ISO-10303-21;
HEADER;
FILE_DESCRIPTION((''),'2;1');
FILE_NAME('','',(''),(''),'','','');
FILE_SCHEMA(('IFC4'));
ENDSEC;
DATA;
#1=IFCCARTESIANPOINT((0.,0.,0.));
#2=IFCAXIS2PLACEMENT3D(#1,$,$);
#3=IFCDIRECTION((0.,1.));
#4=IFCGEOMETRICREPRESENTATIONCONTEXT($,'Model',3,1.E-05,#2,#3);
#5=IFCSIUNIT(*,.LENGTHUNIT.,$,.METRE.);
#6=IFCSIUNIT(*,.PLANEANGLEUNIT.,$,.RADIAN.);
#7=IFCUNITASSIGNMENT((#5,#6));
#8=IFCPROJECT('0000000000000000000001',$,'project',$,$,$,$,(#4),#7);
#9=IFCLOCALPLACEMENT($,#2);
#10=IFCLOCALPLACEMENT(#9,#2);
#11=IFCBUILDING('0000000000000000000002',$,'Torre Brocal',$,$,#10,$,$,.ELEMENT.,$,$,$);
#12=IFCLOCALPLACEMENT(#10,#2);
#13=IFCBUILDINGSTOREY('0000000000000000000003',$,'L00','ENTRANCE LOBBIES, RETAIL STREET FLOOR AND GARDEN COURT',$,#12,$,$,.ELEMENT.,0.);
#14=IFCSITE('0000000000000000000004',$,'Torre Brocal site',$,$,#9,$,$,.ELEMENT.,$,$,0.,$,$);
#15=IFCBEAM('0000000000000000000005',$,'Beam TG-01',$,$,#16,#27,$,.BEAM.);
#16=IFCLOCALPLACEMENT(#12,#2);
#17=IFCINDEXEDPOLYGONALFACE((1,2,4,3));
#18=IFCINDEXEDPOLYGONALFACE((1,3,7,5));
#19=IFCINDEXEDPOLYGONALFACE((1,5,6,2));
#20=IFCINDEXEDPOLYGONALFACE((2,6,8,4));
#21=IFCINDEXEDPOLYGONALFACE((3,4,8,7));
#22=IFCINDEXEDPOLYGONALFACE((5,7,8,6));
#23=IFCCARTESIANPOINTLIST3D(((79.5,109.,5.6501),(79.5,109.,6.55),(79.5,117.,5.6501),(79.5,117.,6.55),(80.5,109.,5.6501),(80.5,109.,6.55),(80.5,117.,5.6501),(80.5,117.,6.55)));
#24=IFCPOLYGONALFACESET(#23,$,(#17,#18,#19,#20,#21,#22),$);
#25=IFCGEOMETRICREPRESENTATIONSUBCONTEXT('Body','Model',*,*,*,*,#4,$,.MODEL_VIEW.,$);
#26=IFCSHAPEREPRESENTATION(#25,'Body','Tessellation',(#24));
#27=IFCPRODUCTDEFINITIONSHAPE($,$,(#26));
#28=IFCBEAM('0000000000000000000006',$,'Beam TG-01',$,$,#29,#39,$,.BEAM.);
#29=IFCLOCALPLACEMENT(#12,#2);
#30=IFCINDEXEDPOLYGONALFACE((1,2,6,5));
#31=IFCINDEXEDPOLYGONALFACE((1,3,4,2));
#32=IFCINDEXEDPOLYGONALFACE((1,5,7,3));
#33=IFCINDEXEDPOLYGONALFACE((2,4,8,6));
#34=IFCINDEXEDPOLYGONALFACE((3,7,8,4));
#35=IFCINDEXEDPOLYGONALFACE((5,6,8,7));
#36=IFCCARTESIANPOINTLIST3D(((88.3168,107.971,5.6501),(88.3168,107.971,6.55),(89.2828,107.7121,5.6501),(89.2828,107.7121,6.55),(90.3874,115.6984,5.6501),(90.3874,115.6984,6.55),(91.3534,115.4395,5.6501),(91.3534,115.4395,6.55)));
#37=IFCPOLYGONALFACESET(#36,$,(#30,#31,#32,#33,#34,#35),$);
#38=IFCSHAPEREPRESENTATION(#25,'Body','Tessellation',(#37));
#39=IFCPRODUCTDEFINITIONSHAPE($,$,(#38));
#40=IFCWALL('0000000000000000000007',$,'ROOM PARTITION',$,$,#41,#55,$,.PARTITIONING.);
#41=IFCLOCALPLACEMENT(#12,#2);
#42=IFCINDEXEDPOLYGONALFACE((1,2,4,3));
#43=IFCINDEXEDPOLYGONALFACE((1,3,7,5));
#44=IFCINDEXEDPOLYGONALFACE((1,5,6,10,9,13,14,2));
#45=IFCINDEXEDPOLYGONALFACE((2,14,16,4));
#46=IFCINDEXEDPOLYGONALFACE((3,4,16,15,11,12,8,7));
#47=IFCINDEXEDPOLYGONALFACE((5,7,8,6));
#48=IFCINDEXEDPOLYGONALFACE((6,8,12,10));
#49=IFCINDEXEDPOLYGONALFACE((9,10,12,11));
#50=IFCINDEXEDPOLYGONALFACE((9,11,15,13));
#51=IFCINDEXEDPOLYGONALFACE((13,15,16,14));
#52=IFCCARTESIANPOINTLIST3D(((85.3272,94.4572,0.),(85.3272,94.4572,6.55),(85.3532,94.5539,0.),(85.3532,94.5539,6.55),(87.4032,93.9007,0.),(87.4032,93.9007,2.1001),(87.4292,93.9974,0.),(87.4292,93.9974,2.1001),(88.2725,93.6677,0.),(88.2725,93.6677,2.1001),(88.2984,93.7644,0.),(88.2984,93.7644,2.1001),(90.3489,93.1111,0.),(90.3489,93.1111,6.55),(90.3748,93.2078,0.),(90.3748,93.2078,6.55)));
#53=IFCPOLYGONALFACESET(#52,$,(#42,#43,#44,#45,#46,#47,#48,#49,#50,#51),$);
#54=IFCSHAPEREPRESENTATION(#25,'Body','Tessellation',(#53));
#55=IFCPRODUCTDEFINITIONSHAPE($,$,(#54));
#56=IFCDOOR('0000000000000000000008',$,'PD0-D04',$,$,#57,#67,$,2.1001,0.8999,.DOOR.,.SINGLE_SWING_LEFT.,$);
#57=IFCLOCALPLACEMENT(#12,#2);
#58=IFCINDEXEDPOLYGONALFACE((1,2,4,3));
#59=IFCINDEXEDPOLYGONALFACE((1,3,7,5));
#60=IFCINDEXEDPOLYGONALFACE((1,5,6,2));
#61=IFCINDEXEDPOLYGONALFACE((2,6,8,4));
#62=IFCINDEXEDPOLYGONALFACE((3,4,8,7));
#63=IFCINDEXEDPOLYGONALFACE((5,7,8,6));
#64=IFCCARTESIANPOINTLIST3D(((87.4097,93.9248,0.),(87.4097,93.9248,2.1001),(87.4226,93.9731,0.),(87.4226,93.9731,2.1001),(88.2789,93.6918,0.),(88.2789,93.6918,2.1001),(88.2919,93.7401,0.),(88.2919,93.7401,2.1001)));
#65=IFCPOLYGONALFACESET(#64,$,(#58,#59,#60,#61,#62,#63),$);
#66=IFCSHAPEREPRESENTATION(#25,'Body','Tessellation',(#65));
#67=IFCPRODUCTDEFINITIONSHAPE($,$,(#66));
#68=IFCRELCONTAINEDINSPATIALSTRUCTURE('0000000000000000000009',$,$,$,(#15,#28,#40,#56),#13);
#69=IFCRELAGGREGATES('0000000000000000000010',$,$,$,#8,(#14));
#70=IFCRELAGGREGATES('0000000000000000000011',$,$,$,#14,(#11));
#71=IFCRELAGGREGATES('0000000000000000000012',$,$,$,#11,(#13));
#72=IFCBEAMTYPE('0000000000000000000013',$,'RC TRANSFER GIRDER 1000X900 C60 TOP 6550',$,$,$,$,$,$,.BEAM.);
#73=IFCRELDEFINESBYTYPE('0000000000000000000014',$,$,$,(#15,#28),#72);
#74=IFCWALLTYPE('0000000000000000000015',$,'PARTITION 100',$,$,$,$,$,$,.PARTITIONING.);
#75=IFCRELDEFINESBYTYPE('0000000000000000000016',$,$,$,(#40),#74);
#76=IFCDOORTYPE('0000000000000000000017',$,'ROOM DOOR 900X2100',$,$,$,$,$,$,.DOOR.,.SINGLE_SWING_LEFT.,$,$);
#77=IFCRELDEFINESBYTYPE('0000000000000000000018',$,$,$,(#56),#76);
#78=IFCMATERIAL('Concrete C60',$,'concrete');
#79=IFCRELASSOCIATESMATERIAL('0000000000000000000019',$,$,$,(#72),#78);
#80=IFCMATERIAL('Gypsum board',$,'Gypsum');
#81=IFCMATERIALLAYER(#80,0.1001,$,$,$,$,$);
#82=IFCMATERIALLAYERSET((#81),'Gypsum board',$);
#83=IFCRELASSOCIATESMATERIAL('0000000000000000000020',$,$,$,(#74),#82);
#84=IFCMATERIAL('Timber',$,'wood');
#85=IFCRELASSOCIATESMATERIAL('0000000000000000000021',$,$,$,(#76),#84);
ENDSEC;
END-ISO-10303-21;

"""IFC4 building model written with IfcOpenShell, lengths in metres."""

from ifc_helpers import new_model, si_unit, direction, frame, frame_2d, origin, origin_2d, place, context, subcontext, project, spatial, rectangle, extrude, material, layer, layer_set, material_profile, profile_set, type_object, element, fill, save


model = new_model("IFC4")

# Units and contexts
model_context = context("Model", 3, precision=1e-05, world=origin(), true_north=direction((0.0, 1.0)))
body_context = subcontext(model_context, "Body", "Model", "MODEL_VIEW")
ifc_project = project(units=[si_unit("LENGTHUNIT", "METRE"), si_unit("PLANEANGLEUNIT", "RADIAN")], contexts=[model_context])

# Site, building, storey
site_placement = place(None, origin())
site = spatial("IfcSite", under=ifc_project, at=site_placement, Name="Torre Brocal site", CompositionType="ELEMENT", RefElevation=0.0)
building_placement = place(site_placement, origin())
building = spatial("IfcBuilding", under=site, at=building_placement, Name="Torre Brocal", CompositionType="ELEMENT")
storey_placement = place(building_placement, origin())
storey = spatial("IfcBuildingStorey", under=building, at=storey_placement, Name="L00", Description="ENTRANCE LOBBIES, RETAIL STREET FLOOR AND GARDEN COURT", CompositionType="ELEMENT", Elevation=0.0)

# Beams
ifc_material_1 = material(Name="Concrete C60", Category="concrete")
ifc_material_profile_1 = material_profile(ifc_material_1, rectangle(XDim=1.0, YDim=0.8999, at=origin_2d()), Name="RC 1000X900")
ifc_profile_set_1 = profile_set([ifc_material_profile_1], Name="Concrete C60")
beam_type_1 = type_object("IfcBeamType", Name="RC TRANSFER GIRDER 1000X900 C60 TOP 6550", PredefinedType="BEAM", material=ifc_profile_set_1)
for number, where, z_axis, x_axis, name in (
    (1, (80.0, 109.0, 6.1001), (0.0, 1.0, 0.0), (-1.0, 0.0, 0.0), "Beam TG-01"),
    (2, (88.7998, 107.8416, 6.1001), (0.258823, 0.965925, 0.0), (-0.965925, 0.258823, 0.0), "Beam TG-01"),
):
    element("IfcBeam", number, at=place(storey_placement, frame(where, z_axis=z_axis, x_axis=x_axis)), inside=storey, type_object=beam_type_1, Name=name, PredefinedType="BEAM", context=body_context, shape_type="SweptSolid", body=[
        extrude(rectangle(XDim=1.0, YDim=0.8999, at=origin_2d()), origin(), (0.0, 0.0, 1.0), 8.0),
    ])

# Wall, opening, door
ifc_material_2 = material(Name="Gypsum board", Category="Gypsum")
ifc_layer = layer(ifc_material_2, 0.1001)
ifc_layer_set = layer_set([ifc_layer], Name="Gypsum board")
wall_type = type_object("IfcWallType", Name="PARTITION 100", PredefinedType="PARTITIONING", material=ifc_layer_set)
wall_placement = place(storey_placement, frame((85.3401, 94.5056, 0.0), z_axis=(0.0, 0.0, 1.0), x_axis=(0.965896, -0.258931, 0.0)))
wall = element("IfcWall", 3, at=wall_placement, inside=storey, type_object=wall_type, Name="ROOM PARTITION", PredefinedType="PARTITIONING", context=body_context, shape_type="SweptSolid", body=[
    extrude(rectangle(XDim=5.199, YDim=0.1001, at=frame_2d((2.5996, 0.0))), origin(), (0.0, 0.0, 1.0), 6.55),
])
opening_placement = place(wall_placement, frame((2.1494, 0.0, 0.0)))
opening = element("IfcOpeningElement", 4, at=opening_placement, cuts=wall, PredefinedType="OPENING", context=body_context, shape_type="SweptSolid", body=[
    extrude(rectangle(XDim=0.8999, YDim=2.1001, at=frame_2d((0.45, 1.05))), frame((0.0, 0.0601, 0.0), z_axis=(0.0, -1.0, 0.0), x_axis=(1.0, 0.0, 0.0)), (0.0, 0.0, 1.0), 0.1201),
])
ifc_material_3 = material(Name="Timber", Category="wood")
door_type = type_object("IfcDoorType", Name="ROOM DOOR 900X2100", OperationType="SINGLE_SWING_LEFT", PredefinedType="DOOR", material=ifc_material_3)
door_placement = place(opening_placement, origin())
door = element("IfcDoor", 5, at=door_placement, inside=storey, type_object=door_type, Name="PD0-D04", OperationType="SINGLE_SWING_LEFT", OverallHeight=2.1001, OverallWidth=0.8999, PredefinedType="DOOR", context=body_context, shape_type="SweptSolid", body=[
    extrude(rectangle(XDim=0.8999, YDim=2.1001, at=frame_2d((0.45, 1.05))), frame((0.0, 0.0249, 0.0), z_axis=(0.0, -1.0, 0.0), x_axis=(1.0, 0.0, 0.0)), (0.0, 0.0, 1.0), 0.05),
])
fill(opening, door)

save(model, "model.ifc")
